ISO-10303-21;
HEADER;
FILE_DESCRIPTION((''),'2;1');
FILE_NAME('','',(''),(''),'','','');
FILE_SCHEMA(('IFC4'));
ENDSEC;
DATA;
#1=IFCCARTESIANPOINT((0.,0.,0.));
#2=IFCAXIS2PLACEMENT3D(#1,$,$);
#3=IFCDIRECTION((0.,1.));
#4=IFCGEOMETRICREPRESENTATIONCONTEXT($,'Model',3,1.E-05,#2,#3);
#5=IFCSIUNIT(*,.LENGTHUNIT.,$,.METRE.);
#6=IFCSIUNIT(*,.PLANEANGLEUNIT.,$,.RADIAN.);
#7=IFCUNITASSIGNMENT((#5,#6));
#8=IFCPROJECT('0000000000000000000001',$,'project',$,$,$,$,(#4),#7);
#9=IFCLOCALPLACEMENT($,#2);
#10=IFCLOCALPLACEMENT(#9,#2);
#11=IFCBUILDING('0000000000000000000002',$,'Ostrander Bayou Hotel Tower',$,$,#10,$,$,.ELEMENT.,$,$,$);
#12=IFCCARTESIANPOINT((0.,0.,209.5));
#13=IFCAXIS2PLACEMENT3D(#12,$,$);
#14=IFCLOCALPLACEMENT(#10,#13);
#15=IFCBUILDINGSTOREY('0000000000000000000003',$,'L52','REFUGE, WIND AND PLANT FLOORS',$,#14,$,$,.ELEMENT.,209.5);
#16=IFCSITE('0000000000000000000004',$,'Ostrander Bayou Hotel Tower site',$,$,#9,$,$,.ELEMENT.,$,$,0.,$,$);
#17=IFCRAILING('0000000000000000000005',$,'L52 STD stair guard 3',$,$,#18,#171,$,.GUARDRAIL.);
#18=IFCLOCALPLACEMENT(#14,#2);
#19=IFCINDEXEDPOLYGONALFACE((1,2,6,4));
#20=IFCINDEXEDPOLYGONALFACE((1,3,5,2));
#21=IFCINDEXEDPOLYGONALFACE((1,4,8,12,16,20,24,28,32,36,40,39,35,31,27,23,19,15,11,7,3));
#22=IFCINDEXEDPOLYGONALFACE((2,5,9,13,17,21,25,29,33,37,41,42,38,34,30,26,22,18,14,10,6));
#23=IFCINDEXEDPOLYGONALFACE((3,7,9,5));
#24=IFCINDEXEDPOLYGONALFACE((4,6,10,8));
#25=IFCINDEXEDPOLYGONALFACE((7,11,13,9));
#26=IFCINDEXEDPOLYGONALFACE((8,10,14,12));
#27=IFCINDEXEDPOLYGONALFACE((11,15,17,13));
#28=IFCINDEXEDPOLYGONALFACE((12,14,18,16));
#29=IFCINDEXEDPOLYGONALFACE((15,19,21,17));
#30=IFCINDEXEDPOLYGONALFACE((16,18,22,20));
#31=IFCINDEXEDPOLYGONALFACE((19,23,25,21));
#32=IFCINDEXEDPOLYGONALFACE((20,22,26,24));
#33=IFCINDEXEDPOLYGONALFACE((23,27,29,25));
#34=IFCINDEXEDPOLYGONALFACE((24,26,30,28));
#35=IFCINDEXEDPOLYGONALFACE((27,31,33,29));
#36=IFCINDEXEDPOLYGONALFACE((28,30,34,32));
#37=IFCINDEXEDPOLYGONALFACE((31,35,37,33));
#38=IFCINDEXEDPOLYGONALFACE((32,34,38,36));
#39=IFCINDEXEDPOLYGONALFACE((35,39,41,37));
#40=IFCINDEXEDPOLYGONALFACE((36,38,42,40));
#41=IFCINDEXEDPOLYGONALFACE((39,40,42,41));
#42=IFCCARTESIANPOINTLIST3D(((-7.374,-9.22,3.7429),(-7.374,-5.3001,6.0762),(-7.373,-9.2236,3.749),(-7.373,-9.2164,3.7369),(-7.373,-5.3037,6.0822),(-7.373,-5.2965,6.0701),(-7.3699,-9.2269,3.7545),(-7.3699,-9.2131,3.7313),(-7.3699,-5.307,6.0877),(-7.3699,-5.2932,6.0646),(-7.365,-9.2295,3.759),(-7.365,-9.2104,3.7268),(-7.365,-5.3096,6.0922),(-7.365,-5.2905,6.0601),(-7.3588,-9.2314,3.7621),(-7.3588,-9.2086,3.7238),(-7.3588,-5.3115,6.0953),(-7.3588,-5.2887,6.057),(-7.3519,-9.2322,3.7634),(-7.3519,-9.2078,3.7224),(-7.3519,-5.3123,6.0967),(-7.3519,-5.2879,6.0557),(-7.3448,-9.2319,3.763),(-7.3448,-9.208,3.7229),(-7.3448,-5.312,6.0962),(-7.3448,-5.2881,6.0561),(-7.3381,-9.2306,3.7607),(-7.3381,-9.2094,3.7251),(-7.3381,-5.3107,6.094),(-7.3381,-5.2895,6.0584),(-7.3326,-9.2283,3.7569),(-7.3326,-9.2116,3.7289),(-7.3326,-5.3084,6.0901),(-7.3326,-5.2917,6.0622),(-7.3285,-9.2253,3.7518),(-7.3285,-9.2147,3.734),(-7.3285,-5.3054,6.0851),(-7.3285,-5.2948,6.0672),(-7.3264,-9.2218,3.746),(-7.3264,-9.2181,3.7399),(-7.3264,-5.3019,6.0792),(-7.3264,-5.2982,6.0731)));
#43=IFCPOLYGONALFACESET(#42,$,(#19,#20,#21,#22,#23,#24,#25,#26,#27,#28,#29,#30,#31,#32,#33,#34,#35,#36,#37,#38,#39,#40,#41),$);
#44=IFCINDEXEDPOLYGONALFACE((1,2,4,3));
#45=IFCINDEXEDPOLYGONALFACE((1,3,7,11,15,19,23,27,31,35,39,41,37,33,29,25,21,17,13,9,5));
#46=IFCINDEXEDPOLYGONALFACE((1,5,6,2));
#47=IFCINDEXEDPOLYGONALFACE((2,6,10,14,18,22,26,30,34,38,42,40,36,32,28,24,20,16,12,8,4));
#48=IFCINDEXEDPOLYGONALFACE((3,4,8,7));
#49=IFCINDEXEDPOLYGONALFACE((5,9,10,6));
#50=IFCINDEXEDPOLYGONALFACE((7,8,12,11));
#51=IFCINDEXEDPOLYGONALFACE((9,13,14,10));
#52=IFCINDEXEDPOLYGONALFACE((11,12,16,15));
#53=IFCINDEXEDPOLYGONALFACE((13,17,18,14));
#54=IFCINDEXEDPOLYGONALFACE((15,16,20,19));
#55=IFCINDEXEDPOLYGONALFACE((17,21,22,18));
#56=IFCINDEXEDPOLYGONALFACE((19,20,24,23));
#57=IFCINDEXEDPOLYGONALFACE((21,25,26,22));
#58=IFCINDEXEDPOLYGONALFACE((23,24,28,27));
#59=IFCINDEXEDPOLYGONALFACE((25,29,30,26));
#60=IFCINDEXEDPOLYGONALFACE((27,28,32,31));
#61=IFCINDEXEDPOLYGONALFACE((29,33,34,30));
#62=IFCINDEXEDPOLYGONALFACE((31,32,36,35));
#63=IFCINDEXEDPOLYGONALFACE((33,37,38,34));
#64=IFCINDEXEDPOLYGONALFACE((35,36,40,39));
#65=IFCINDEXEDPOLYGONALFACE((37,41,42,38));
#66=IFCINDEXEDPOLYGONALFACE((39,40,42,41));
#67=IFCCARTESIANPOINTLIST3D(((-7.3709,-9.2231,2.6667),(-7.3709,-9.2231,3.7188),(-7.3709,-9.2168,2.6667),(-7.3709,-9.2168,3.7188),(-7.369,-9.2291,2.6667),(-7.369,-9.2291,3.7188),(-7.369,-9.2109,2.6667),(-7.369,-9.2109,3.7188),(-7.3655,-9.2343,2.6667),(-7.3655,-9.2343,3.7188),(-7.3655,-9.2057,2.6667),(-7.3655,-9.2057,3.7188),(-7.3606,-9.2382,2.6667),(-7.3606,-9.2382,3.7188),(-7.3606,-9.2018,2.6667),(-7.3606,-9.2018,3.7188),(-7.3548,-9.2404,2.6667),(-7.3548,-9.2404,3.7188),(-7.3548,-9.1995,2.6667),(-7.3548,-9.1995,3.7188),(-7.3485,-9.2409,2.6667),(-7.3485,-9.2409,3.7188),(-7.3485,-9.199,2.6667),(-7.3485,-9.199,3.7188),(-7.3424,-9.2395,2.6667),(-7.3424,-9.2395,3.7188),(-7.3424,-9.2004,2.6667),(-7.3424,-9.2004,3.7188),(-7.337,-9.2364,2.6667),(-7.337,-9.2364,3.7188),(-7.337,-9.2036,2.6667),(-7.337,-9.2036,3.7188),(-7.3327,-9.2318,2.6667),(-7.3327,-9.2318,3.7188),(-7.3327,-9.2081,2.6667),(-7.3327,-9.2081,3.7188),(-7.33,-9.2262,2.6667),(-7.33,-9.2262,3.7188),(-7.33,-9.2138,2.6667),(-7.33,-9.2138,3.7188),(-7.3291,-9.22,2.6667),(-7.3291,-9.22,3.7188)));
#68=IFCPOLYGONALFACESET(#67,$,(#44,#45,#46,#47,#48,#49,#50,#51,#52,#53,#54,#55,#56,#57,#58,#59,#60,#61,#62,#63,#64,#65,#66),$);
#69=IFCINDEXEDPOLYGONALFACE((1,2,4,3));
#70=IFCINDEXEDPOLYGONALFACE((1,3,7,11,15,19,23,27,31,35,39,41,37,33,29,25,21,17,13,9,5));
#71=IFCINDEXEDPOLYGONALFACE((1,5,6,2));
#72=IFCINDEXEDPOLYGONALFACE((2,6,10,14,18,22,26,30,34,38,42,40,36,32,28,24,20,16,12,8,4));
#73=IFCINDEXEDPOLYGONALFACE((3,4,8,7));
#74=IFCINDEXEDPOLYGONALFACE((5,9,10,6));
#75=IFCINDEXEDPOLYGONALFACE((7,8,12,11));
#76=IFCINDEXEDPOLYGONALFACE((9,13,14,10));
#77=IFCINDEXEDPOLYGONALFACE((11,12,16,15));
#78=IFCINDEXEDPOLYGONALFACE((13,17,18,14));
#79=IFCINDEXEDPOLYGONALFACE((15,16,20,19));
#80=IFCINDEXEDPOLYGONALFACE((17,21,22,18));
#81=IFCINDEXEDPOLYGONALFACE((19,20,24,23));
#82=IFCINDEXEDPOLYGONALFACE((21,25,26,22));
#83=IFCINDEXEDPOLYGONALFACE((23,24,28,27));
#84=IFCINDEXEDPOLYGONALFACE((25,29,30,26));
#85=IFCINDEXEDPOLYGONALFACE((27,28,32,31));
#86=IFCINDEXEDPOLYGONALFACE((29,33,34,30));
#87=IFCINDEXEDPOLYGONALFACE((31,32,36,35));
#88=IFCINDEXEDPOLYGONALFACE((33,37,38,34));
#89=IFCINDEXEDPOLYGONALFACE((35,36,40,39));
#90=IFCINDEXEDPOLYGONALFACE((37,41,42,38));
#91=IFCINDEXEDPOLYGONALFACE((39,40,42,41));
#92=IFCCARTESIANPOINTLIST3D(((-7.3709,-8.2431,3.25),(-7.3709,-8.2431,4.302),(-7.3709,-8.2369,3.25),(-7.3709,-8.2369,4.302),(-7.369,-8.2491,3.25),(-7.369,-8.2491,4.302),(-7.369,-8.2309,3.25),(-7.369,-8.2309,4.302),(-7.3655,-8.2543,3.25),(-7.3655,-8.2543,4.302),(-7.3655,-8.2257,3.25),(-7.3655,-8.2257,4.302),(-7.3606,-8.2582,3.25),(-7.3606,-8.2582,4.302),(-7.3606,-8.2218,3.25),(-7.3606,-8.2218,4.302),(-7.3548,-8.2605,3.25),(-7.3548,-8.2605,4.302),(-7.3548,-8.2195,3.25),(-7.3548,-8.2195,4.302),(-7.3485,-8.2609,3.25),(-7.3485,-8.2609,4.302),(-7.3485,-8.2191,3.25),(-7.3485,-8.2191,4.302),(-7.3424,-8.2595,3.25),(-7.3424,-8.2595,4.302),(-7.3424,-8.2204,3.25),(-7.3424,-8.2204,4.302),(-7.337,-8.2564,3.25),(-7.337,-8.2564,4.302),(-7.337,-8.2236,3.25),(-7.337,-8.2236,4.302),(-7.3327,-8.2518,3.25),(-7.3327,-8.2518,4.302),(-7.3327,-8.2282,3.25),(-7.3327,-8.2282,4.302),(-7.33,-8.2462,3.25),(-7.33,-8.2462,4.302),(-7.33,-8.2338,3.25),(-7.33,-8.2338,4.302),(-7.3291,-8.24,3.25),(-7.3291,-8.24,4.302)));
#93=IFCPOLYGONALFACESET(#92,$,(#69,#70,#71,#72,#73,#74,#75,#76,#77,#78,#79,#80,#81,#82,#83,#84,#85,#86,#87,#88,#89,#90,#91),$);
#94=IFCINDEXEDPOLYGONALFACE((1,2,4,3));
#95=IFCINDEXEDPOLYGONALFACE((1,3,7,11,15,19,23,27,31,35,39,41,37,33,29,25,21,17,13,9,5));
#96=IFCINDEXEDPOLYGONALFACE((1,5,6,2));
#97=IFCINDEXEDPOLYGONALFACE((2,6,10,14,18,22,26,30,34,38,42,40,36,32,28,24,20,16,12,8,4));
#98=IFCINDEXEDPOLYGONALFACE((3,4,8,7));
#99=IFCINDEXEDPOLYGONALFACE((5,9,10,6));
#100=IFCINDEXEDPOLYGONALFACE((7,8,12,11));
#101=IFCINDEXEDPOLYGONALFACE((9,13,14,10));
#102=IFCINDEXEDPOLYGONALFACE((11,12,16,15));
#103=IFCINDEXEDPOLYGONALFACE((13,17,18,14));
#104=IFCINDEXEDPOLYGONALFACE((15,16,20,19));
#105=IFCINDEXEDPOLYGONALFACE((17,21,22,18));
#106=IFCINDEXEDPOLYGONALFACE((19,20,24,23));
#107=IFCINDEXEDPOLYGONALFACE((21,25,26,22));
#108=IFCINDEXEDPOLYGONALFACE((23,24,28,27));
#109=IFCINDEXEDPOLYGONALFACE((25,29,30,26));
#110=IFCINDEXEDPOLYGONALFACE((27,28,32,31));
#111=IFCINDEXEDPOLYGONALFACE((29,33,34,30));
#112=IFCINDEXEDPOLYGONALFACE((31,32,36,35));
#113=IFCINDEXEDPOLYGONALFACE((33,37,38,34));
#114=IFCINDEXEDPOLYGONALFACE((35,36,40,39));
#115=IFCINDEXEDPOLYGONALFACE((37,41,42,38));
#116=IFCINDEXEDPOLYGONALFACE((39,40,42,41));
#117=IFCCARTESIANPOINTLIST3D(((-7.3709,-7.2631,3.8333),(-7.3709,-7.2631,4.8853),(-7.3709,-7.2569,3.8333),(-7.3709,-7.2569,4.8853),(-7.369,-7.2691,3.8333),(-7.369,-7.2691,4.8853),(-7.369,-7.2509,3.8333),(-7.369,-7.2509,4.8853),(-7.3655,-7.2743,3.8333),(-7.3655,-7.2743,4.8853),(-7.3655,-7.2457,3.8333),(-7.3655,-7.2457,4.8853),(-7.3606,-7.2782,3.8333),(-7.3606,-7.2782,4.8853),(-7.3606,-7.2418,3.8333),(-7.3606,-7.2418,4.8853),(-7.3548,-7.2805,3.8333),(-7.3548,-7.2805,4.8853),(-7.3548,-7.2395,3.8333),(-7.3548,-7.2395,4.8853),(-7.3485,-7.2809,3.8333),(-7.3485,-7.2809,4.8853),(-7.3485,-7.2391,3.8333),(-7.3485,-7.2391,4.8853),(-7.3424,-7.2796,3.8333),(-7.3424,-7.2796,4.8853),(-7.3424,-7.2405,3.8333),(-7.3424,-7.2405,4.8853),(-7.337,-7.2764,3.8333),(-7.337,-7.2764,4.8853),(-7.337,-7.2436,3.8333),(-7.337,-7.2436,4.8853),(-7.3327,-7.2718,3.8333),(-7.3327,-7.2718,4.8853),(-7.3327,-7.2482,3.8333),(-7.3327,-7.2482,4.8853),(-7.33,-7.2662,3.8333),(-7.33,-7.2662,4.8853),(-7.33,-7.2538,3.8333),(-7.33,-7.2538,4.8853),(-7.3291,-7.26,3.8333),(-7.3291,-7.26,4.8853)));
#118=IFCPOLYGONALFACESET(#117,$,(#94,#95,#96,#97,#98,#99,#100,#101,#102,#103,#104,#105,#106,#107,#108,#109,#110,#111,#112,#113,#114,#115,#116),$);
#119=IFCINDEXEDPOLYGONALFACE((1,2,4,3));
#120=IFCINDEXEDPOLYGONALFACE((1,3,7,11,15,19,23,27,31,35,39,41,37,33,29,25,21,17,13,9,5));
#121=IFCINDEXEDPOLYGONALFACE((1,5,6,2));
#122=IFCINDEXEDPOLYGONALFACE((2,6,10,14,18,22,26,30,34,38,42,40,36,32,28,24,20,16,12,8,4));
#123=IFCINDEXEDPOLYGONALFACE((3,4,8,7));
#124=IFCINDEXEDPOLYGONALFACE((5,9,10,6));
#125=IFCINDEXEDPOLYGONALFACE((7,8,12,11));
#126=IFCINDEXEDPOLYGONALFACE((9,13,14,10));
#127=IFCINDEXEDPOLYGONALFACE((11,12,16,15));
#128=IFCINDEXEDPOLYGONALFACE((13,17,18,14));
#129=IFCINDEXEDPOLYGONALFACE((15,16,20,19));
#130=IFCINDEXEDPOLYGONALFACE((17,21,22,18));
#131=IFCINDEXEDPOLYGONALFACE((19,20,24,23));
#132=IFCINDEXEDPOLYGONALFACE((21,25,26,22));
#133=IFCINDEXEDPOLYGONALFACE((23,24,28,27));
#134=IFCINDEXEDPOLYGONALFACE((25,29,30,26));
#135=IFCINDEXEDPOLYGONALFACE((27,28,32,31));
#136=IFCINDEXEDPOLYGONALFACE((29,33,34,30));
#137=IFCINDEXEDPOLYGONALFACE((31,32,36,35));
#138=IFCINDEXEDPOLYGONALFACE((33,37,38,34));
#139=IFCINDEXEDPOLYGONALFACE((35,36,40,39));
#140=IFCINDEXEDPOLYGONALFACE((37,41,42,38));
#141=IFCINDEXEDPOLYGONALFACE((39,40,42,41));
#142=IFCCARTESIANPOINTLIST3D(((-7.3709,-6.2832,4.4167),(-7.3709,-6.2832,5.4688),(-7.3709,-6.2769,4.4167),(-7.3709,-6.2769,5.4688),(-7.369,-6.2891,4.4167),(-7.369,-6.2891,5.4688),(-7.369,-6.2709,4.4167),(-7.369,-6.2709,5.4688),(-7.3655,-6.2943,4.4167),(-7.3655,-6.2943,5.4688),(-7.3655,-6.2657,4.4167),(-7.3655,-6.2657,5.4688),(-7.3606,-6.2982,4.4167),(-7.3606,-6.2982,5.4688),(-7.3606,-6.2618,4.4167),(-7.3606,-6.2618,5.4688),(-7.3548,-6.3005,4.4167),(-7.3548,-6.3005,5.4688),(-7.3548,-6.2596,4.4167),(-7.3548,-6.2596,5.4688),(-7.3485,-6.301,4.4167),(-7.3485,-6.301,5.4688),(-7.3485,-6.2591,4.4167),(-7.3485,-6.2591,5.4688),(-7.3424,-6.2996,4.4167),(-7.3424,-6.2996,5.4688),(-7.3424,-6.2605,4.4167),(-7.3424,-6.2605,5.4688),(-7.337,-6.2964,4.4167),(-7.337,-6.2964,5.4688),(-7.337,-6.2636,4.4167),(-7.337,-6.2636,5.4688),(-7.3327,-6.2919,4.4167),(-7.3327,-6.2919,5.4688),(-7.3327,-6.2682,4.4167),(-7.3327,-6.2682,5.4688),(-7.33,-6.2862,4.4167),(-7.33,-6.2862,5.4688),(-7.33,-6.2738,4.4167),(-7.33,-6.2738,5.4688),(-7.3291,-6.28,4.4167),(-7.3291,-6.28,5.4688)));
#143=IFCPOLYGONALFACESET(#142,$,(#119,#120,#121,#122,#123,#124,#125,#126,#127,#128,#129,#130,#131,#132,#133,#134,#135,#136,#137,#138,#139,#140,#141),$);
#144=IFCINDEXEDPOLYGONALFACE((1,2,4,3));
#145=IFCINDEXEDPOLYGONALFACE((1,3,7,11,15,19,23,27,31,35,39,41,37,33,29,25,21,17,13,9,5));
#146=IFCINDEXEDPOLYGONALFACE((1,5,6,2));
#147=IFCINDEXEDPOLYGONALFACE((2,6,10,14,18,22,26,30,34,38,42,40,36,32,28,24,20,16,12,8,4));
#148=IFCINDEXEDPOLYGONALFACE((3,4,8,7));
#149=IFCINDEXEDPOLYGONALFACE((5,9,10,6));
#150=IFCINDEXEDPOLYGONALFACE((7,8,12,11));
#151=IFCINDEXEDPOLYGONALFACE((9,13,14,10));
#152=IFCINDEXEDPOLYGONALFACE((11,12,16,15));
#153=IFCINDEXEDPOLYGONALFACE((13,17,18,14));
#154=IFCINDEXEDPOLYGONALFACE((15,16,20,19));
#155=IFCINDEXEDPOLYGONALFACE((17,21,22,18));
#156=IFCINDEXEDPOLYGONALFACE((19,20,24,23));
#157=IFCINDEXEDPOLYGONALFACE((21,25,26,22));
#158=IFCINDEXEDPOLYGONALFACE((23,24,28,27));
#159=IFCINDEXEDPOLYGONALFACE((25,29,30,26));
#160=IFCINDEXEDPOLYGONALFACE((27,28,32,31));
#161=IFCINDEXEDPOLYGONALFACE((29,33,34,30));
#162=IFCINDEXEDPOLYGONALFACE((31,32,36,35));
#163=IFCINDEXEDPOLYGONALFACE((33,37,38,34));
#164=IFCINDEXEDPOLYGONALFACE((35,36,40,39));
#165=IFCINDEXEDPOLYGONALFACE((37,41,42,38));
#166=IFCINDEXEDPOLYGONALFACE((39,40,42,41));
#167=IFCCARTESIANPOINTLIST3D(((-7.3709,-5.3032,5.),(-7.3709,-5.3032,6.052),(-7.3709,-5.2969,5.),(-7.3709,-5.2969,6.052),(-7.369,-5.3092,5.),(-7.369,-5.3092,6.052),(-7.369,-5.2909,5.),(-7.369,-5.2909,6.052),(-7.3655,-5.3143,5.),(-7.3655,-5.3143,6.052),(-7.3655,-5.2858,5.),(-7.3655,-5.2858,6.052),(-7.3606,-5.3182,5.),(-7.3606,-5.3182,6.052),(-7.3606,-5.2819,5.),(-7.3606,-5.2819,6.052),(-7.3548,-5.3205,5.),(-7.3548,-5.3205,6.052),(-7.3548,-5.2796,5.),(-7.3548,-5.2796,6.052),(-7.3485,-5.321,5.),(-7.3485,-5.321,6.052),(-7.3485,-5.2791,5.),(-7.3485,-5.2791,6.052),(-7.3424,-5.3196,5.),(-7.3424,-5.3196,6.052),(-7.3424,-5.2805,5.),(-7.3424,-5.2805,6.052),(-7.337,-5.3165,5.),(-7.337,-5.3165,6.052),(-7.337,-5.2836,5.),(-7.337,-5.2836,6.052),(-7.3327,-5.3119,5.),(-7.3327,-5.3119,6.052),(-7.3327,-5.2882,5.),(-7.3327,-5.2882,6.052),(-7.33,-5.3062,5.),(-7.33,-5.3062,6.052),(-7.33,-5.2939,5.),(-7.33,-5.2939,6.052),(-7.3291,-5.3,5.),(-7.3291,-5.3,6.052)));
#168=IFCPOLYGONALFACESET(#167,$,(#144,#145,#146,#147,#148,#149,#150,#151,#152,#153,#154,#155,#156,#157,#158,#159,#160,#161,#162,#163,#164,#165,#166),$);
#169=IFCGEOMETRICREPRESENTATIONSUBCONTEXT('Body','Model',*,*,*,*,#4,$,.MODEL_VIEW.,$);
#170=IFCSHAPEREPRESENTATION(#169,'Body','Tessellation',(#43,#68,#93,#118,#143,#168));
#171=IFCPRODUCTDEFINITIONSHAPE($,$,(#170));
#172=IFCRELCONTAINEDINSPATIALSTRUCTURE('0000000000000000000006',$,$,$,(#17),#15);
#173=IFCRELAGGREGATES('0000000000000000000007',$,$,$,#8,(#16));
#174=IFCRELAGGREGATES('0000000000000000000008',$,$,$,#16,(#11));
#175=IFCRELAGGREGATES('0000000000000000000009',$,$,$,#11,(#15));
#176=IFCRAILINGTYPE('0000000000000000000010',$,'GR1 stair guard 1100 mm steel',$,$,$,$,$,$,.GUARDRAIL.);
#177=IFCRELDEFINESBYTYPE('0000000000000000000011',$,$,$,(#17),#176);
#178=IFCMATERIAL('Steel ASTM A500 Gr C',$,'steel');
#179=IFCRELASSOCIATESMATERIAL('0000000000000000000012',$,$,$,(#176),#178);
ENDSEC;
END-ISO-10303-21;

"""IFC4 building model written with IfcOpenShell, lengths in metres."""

from ifc_helpers import new_model, si_unit, direction, frame, origin, origin_2d, place, context, subcontext, project, spatial, circle, extrude, material, type_object, element, save


model = new_model("IFC4")

# Units and contexts
model_context = context("Model", 3, precision=1e-05, world=origin(), true_north=direction((0.0, 1.0)))
body_context = subcontext(model_context, "Body", "Model", "MODEL_VIEW")
ifc_project = project(units=[si_unit("LENGTHUNIT", "METRE"), si_unit("PLANEANGLEUNIT", "RADIAN")], contexts=[model_context])

# Site, building, storey
site_placement = place(None, origin())
site = spatial("IfcSite", under=ifc_project, at=site_placement, Name="Ostrander Bayou Hotel Tower site", CompositionType="ELEMENT", RefElevation=0.0)
building_placement = place(site_placement, origin())
building = spatial("IfcBuilding", under=site, at=building_placement, Name="Ostrander Bayou Hotel Tower", CompositionType="ELEMENT")
storey_placement = place(building_placement, frame((0.0, 0.0, 209.5)))
storey = spatial("IfcBuildingStorey", under=building, at=storey_placement, Name="L52", Description="REFUGE, WIND AND PLANT FLOORS", CompositionType="ELEMENT", Elevation=209.5)

# Railing
ifc_material_1 = material(Name="Steel ASTM A500 Gr C", Category="steel")
railing_type_1 = type_object("IfcRailingType", Name="GR1 stair guard 1100 mm steel", PredefinedType="GUARDRAIL", material=ifc_material_1)
railing_1_placement = place(storey_placement, frame((-7.3501, -9.22, 2.6667)))
element("IfcRailing", 1, at=railing_1_placement, inside=storey, type_object=railing_type_1, Name="L52 STD stair guard 3", PredefinedType="GUARDRAIL", context=body_context, shape_type="SweptSolid", body=[
    extrude(circle(Radius=0.0239, at=origin_2d()), frame((0.0, 0.0, 1.0762), z_axis=(0.0, 0.859296, 0.511478), x_axis=(-1.0, 0.0, 0.0)), (0.0, 0.0, 1.0), 4.5618),
    extrude(circle(Radius=0.021, at=origin_2d()), origin(), (0.0, 0.0, 1.0), 1.052),
    extrude(circle(Radius=0.021, at=origin_2d()), frame((0.0, 0.98, 0.5833)), (0.0, 0.0, 1.0), 1.052),
    extrude(circle(Radius=0.021, at=origin_2d()), frame((0.0, 1.96, 1.1665)), (0.0, 0.0, 1.0), 1.052),
    extrude(circle(Radius=0.021, at=origin_2d()), frame((0.0, 2.9399, 1.75)), (0.0, 0.0, 1.0), 1.052),
    extrude(circle(Radius=0.021, at=origin_2d()), frame((0.0, 3.9199, 2.3333)), (0.0, 0.0, 1.0), 1.052),
])

save(model, "model.ifc")
